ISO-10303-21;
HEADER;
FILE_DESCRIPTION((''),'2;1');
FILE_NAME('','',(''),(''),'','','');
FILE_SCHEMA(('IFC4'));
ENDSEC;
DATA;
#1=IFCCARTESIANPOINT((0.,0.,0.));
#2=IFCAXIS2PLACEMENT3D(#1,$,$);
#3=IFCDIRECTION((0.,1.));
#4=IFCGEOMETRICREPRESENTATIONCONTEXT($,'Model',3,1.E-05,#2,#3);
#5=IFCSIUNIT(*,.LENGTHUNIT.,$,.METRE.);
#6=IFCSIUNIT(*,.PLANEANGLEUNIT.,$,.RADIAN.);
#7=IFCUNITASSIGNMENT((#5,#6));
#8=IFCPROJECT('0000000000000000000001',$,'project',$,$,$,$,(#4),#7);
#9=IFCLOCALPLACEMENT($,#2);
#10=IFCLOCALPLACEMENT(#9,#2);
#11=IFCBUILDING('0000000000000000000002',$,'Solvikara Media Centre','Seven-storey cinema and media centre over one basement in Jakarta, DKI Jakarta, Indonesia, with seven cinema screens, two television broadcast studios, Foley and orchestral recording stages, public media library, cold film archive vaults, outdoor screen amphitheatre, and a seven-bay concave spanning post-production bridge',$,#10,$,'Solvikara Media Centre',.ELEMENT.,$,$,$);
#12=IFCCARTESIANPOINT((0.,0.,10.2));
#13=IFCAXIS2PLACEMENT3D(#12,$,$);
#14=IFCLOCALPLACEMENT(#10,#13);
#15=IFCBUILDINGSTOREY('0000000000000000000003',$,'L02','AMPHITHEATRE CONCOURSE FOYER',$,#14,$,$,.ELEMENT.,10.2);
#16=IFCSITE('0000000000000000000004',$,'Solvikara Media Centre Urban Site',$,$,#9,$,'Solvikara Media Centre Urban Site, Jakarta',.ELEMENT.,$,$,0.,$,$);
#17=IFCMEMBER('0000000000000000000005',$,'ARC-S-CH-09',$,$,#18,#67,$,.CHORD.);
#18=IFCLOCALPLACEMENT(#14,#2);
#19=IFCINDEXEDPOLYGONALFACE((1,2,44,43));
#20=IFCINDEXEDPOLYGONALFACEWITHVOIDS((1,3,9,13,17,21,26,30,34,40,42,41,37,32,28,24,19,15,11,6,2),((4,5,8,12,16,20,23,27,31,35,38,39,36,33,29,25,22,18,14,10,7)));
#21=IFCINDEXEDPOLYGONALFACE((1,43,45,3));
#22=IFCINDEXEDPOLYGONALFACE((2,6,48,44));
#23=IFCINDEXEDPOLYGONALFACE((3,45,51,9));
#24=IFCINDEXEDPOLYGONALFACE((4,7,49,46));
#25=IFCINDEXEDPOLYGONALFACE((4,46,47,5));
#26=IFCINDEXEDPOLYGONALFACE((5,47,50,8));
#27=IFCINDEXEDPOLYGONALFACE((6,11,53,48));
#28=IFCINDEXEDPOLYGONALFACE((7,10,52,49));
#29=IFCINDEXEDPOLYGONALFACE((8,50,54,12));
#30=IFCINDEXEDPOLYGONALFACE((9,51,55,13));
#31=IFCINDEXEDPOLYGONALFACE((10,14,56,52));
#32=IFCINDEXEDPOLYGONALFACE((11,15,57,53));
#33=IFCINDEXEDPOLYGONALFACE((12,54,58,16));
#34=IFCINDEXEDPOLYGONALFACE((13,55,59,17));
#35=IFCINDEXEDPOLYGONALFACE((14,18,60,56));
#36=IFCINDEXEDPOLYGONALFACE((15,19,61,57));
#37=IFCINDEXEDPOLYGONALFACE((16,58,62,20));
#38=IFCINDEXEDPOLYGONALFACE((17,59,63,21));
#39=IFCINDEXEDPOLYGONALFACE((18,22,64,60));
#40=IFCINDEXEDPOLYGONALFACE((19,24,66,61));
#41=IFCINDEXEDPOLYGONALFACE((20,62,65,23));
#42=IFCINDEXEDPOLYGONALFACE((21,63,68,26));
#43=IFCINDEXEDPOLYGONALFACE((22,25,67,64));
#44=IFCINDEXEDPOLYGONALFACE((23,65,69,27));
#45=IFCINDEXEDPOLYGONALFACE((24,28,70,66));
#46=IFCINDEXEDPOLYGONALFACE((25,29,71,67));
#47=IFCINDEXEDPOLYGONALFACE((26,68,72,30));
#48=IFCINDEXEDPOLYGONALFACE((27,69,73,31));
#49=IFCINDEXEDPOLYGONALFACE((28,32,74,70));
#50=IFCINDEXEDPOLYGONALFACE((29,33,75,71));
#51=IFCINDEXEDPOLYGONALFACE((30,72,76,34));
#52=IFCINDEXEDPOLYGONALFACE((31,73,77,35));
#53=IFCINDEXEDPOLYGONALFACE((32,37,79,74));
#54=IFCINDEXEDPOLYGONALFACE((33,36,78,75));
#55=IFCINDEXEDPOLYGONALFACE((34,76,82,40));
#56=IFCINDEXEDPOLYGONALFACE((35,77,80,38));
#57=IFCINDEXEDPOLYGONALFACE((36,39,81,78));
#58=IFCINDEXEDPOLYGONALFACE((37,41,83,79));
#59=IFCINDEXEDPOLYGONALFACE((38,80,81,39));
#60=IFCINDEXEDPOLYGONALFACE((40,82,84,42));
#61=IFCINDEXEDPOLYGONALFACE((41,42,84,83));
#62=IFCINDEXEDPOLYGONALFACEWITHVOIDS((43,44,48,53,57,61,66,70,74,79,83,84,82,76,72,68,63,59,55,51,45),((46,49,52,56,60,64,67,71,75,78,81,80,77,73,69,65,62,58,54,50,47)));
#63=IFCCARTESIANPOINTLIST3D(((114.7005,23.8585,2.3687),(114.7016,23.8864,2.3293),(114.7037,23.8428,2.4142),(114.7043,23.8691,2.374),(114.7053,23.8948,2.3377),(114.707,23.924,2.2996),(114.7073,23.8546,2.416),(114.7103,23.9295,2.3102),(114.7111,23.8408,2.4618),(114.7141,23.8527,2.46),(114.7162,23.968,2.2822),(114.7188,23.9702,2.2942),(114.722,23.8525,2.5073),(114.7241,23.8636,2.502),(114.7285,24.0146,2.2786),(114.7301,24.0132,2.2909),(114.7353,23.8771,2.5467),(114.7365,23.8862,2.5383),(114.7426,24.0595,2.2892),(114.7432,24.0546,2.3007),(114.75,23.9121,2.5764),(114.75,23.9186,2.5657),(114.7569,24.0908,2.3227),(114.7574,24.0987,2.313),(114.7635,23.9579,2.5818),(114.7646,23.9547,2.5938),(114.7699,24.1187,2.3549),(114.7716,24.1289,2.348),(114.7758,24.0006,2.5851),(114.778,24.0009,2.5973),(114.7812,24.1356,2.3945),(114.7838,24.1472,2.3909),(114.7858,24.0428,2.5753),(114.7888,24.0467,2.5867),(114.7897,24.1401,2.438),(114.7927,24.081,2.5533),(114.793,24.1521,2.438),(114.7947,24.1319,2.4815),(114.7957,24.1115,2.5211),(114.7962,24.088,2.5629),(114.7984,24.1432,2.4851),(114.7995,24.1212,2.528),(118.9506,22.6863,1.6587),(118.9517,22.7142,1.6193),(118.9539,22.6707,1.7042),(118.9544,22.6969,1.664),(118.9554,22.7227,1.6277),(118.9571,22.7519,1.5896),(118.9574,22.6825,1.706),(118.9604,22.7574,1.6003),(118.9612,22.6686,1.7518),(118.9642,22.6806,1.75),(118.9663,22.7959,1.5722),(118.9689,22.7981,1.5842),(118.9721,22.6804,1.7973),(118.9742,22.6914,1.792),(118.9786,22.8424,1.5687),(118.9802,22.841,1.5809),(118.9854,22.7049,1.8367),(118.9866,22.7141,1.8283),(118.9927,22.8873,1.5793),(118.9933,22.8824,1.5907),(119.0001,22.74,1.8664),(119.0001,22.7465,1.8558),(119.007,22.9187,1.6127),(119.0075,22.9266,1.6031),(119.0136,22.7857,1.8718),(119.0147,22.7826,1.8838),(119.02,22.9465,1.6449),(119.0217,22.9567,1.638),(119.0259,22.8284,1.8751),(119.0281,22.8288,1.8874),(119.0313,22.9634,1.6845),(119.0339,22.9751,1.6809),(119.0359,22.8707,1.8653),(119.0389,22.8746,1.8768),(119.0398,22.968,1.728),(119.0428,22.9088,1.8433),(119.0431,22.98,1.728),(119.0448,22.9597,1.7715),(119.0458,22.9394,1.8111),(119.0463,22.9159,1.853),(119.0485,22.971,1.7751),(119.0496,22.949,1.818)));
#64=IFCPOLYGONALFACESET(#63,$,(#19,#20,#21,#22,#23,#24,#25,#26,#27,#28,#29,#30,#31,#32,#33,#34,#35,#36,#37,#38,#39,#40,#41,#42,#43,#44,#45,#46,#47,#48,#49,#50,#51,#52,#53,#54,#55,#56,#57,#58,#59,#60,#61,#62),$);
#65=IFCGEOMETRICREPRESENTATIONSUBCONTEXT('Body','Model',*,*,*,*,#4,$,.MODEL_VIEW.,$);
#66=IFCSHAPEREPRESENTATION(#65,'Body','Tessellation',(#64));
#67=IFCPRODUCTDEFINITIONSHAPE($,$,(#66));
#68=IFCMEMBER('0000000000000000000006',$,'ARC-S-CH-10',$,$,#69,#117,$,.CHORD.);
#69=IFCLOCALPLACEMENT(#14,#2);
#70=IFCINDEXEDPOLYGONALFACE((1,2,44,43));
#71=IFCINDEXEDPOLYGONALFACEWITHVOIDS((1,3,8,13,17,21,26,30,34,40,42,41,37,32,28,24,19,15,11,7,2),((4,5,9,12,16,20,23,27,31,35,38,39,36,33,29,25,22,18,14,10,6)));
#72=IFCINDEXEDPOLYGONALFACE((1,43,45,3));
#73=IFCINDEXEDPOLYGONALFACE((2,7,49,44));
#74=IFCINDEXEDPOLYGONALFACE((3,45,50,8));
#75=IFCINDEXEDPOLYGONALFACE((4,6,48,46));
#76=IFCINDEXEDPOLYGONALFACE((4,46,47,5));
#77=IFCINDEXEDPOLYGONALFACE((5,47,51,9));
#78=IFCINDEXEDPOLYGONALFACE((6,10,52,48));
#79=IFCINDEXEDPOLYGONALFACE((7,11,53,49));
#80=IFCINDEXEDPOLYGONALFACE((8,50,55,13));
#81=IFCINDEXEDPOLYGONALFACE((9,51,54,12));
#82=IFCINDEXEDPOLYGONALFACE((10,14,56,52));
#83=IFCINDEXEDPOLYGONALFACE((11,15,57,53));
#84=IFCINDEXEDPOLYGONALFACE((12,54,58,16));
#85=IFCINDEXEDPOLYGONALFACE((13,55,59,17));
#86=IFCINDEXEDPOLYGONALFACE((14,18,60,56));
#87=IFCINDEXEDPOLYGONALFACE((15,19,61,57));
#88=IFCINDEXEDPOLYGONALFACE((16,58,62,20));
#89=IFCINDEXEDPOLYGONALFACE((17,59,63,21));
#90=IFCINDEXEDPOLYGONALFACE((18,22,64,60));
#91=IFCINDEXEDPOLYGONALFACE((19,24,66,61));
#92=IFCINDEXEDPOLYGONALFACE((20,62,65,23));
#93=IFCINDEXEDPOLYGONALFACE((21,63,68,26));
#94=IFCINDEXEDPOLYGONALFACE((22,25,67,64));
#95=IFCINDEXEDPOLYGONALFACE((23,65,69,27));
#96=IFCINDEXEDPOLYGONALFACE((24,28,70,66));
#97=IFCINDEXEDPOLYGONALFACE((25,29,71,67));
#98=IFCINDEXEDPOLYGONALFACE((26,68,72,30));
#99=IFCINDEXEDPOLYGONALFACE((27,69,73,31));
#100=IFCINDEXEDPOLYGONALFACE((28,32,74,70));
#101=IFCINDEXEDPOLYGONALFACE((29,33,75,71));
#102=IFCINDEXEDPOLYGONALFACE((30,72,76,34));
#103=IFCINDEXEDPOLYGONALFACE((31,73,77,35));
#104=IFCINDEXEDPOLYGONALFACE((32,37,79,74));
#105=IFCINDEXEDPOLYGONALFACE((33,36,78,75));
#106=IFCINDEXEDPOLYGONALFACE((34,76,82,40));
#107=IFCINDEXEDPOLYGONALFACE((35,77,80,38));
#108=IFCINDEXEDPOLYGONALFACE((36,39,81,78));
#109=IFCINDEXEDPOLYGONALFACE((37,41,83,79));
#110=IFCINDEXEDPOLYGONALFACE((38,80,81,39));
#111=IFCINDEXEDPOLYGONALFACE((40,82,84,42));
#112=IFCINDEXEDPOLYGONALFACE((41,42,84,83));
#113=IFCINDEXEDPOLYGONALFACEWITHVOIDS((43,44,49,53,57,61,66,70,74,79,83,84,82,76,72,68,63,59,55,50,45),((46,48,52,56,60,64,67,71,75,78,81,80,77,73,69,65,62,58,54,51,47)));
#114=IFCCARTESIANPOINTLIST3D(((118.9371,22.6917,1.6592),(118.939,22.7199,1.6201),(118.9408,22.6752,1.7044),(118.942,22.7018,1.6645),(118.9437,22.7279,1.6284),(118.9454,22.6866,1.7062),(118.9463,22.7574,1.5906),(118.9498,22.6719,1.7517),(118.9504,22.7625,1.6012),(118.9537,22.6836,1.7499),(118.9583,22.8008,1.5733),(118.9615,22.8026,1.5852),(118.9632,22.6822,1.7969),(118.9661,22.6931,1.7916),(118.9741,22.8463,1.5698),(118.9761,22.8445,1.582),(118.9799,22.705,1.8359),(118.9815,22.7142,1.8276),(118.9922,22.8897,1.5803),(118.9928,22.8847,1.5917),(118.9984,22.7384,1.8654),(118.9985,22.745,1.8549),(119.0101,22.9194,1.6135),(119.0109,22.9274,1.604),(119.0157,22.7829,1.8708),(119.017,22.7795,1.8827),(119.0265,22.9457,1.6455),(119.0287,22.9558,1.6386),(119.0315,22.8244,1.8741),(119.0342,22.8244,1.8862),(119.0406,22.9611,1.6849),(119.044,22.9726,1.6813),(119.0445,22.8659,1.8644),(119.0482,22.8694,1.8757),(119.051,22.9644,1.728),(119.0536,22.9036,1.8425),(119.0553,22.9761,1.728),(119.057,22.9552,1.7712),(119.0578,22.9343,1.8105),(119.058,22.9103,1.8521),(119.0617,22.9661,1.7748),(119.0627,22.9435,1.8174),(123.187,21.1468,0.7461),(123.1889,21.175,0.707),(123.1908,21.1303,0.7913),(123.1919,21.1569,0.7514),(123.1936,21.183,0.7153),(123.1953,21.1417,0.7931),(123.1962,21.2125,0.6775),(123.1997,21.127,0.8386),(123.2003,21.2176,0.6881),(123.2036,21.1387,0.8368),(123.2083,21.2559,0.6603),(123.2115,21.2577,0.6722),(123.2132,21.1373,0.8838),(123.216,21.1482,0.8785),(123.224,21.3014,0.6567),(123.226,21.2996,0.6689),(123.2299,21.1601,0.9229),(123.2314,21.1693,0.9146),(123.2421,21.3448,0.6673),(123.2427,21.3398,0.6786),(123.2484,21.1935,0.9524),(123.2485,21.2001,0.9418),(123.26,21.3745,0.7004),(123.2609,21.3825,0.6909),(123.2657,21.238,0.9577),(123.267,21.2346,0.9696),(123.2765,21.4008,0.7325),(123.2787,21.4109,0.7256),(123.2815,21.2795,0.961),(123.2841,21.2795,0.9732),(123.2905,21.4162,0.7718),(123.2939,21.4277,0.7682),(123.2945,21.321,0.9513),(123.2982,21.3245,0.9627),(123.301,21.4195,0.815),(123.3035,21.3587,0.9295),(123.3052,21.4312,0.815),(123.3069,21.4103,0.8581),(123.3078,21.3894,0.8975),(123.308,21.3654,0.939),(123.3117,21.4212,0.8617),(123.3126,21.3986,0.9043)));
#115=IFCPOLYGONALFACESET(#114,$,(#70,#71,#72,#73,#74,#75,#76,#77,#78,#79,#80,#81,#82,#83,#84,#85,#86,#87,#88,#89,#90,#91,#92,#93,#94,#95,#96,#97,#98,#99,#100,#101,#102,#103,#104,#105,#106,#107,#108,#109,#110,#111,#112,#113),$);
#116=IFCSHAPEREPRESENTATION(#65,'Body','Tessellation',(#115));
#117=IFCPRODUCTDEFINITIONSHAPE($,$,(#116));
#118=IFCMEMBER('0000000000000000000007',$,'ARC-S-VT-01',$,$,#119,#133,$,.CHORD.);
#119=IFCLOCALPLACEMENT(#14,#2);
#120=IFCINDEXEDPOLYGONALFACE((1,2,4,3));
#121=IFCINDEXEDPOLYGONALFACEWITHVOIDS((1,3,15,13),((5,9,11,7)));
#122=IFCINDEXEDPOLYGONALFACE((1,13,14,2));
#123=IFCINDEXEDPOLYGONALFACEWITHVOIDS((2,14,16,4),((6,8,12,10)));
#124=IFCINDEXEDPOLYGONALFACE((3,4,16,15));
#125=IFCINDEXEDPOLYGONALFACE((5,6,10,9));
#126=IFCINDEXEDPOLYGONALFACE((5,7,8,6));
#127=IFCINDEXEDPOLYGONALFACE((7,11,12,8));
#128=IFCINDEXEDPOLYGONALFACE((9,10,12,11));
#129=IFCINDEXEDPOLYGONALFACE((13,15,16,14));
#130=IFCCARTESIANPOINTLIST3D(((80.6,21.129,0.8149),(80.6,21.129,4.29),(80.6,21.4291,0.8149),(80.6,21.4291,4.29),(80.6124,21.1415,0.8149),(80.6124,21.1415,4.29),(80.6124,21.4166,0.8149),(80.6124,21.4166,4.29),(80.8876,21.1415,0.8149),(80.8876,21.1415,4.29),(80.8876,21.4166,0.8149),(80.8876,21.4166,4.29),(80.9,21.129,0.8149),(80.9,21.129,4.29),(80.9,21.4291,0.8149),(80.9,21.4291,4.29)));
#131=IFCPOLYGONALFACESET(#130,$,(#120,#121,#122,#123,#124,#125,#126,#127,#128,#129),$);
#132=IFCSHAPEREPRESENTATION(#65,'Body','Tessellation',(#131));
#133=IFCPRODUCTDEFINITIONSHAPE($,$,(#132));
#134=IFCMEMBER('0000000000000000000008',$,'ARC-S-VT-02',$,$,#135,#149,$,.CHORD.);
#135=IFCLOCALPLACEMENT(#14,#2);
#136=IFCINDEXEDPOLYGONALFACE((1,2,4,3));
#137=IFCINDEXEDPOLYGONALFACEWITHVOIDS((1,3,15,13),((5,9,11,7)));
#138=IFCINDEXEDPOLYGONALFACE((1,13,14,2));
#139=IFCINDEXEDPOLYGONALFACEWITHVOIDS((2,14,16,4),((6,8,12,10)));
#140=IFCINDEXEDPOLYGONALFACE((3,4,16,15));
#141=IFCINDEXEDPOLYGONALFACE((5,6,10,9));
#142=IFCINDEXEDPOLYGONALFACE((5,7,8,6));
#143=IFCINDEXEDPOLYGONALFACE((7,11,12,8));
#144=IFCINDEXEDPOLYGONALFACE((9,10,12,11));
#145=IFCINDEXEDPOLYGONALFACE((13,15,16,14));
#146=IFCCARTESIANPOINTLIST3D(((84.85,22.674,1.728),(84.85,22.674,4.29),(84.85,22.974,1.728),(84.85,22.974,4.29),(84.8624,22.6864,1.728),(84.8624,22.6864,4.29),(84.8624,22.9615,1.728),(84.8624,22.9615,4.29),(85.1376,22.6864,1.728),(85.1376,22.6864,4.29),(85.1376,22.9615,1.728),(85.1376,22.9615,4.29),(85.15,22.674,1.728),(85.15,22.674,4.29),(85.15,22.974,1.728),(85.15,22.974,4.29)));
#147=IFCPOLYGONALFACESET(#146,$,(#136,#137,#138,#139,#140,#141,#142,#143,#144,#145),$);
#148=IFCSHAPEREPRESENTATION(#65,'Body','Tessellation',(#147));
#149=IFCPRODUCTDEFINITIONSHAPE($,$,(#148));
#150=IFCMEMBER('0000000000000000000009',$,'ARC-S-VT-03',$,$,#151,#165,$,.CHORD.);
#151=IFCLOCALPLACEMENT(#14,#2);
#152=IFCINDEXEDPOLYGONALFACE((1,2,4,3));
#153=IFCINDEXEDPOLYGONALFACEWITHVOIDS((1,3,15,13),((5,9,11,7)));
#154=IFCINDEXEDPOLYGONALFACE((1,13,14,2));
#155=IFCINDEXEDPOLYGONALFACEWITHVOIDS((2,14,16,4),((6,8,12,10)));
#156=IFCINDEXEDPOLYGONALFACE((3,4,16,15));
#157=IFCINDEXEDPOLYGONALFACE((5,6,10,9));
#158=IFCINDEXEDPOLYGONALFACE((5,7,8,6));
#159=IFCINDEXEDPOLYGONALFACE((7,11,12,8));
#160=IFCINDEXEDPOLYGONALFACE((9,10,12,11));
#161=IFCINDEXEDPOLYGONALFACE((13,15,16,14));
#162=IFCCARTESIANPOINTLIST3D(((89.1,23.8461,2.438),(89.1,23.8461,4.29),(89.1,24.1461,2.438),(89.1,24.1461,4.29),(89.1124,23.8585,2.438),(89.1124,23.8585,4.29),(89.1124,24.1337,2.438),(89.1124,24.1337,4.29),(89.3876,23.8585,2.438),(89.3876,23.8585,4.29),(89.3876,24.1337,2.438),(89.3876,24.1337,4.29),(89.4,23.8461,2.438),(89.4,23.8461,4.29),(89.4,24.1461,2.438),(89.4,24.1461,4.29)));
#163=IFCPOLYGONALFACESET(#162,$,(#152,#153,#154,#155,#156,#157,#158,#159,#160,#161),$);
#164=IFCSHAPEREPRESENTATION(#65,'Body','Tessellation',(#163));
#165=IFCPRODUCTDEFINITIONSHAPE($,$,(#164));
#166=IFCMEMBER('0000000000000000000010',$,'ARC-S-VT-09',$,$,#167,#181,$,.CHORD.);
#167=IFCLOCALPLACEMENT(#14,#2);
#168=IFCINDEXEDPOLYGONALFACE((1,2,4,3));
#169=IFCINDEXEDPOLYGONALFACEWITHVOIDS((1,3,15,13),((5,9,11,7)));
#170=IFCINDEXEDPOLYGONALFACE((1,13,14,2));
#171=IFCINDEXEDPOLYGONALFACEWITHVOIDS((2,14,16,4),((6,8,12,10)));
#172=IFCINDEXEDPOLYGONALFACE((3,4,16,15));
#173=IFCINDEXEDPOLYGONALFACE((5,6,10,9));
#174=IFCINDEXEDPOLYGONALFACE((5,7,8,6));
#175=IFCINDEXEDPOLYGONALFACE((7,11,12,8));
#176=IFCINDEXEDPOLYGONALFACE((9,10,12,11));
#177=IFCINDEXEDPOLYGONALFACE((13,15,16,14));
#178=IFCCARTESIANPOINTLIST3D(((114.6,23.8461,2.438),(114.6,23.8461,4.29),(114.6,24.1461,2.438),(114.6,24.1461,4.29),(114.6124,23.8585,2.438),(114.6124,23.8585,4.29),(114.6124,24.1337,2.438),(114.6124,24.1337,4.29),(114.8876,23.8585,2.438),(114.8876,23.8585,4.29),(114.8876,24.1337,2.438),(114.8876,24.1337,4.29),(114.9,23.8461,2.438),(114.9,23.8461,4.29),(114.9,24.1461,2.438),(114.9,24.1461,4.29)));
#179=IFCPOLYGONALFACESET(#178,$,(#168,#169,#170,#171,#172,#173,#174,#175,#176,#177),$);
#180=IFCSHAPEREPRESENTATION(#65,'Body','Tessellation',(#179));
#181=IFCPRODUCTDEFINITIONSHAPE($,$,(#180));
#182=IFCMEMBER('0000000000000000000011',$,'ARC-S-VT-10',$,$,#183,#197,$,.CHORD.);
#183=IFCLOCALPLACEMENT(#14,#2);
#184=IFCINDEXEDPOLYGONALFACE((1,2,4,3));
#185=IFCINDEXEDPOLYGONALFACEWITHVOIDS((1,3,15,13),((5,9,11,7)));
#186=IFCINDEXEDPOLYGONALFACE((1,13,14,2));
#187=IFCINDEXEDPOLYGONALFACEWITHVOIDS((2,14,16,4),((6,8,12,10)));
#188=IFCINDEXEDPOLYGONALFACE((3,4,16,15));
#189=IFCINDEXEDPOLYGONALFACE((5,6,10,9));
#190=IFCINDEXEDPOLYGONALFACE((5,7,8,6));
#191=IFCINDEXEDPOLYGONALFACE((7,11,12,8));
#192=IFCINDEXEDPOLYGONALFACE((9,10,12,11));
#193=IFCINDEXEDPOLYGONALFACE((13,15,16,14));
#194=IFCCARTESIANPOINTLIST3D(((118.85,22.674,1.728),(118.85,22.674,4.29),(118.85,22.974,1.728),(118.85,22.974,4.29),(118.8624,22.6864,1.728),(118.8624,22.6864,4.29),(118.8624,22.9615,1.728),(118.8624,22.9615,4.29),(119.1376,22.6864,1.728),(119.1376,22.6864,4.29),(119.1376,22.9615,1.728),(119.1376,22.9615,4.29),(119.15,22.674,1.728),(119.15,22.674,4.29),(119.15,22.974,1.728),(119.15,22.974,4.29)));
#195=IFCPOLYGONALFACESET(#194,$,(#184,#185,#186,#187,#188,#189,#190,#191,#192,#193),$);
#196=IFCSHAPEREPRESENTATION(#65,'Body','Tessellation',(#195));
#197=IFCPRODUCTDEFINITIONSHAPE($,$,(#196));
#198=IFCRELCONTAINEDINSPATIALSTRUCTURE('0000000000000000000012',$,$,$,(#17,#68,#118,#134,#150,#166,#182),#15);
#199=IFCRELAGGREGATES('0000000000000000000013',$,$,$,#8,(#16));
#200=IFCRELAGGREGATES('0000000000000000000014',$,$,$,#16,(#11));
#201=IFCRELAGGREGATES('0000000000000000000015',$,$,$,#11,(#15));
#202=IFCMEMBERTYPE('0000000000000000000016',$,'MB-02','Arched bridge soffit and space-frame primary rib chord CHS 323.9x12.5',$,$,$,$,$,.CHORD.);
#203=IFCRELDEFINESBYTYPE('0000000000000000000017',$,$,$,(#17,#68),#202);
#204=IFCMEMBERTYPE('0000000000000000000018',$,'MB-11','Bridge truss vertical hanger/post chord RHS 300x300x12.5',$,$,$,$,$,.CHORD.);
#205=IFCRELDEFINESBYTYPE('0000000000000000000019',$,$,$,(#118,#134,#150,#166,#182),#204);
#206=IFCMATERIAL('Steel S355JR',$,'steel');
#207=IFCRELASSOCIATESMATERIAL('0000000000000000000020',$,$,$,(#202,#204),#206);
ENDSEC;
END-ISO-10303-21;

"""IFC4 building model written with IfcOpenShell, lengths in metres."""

from ifc_helpers import new_model, si_unit, direction, frame, origin, origin_2d, place, context, subcontext, project, spatial, hollow_rectangle, hollow_circle, extrude, material, material_profile, profile_set, type_object, element, save


model = new_model("IFC4")

# Units and contexts
model_context = context("Model", 3, precision=1e-05, world=origin(), true_north=direction((0.0, 1.0)))
body_context = subcontext(model_context, "Body", "Model", "MODEL_VIEW")
ifc_project = project(units=[si_unit("LENGTHUNIT", "METRE"), si_unit("PLANEANGLEUNIT", "RADIAN")], contexts=[model_context])

# Site, building, storey
site_placement = place(None, origin())
site = spatial("IfcSite", under=ifc_project, at=site_placement, Name="Solvikara Media Centre Urban Site", LongName="Solvikara Media Centre Urban Site, Jakarta", CompositionType="ELEMENT", RefElevation=0.0)
building_placement = place(site_placement, origin())
building = spatial("IfcBuilding", under=site, at=building_placement, Name="Solvikara Media Centre", Description="Seven-storey cinema and media centre over one basement in Jakarta, DKI Jakarta, Indonesia, with seven cinema screens, two television broadcast studios, Foley and orchestral recording stages, public media library, cold film archive vaults, outdoor screen amphitheatre, and a seven-bay concave spanning post-production bridge", LongName="Solvikara Media Centre", CompositionType="ELEMENT")
storey_placement = place(building_placement, frame((0.0, 0.0, 10.2)))
storey = spatial("IfcBuildingStorey", under=building, at=storey_placement, Name="L02", Description="AMPHITHEATRE CONCOURSE FOYER", CompositionType="ELEMENT", Elevation=10.2)

# Members
ifc_material_1 = material(Name="Steel S355JR", Category="steel")
ifc_material_profile_1 = material_profile(ifc_material_1, hollow_circle(Radius=0.1619, WallThickness=0.0125, at=origin_2d()), Name="CHS 323.9x12.5")
ifc_profile_set_1 = profile_set([ifc_material_profile_1], Name="Steel S355JR")
member_type_1 = type_object("IfcMemberType", Name="MB-02", Description="Arched bridge soffit and space-frame primary rib chord CHS 323.9x12.5", PredefinedType="CHORD", material=ifc_profile_set_1)
member_1_placement = place(storey_placement, frame((114.75, 23.9961, 2.438), z_axis=(0.951748, -0.262485, -0.158989), x_axis=(0.265867, 0.96401, 0.0)))
element("IfcMember", 1, at=member_1_placement, inside=storey, type_object=member_type_1, Name="ARC-S-CH-09", PredefinedType="CHORD", context=body_context, shape_type="SweptSolid", body=[
    extrude(hollow_circle(Radius=0.1619, WallThickness=0.0125, at=origin_2d()), origin(), (0.0, 0.0, 1.0), 4.4656),
])
member_2_placement = place(storey_placement, frame((119.0, 22.824, 1.728), z_axis=(0.921239, -0.334881, -0.197922), x_axis=(0.341639, 0.939831, 0.0)))
element("IfcMember", 2, at=member_2_placement, inside=storey, type_object=member_type_1, Name="ARC-S-CH-10", PredefinedType="CHORD", context=body_context, shape_type="SweptSolid", body=[
    extrude(hollow_circle(Radius=0.1619, WallThickness=0.0125, at=origin_2d()), origin(), (0.0, 0.0, 1.0), 4.6133),
])
ifc_material_profile_2 = material_profile(ifc_material_1, hollow_rectangle(XDim=0.3, YDim=0.3, WallThickness=0.0125, at=origin_2d()), Name="RHS 300x300x12.5")
ifc_profile_set_2 = profile_set([ifc_material_profile_2], Name="Steel S355JR")
member_type_2 = type_object("IfcMemberType", Name="MB-11", Description="Bridge truss vertical hanger/post chord RHS 300x300x12.5", PredefinedType="CHORD", material=ifc_profile_set_2)
member_3_placement = place(storey_placement, frame((80.75, 21.2791, 0.8149), z_axis=(0.0, 0.0, 1.0), x_axis=(1.0, 0.0, 0.0)))
element("IfcMember", 3, at=member_3_placement, inside=storey, type_object=member_type_2, Name="ARC-S-VT-01", PredefinedType="CHORD", context=body_context, shape_type="SweptSolid", body=[
    extrude(hollow_rectangle(XDim=0.3, YDim=0.3, WallThickness=0.0125, at=origin_2d()), origin(), (0.0, 0.0, 1.0), 3.4751),
])
member_4_placement = place(storey_placement, frame((85.0, 22.824, 1.728), z_axis=(0.0, 0.0, 1.0), x_axis=(1.0, 0.0, 0.0)))
element("IfcMember", 4, at=member_4_placement, inside=storey, type_object=member_type_2, Name="ARC-S-VT-02", PredefinedType="CHORD", context=body_context, shape_type="SweptSolid", body=[
    extrude(hollow_rectangle(XDim=0.3, YDim=0.3, WallThickness=0.0125, at=origin_2d()), origin(), (0.0, 0.0, 1.0), 2.562),
])
for number, where, z_axis, x_axis, name in (
    (5, (89.25, 23.9961, 2.438), (0.0, 0.0, 1.0), (1.0, 0.0, 0.0), "ARC-S-VT-03"),
    (6, (114.75, 23.9961, 2.438), (0.0, 0.0, 1.0), (1.0, 0.0, 0.0), "ARC-S-VT-09"),
):
    element("IfcMember", number, at=place(storey_placement, frame(where, z_axis=z_axis, x_axis=x_axis)), inside=storey, type_object=member_type_2, Name=name, PredefinedType="CHORD", context=body_context, shape_type="SweptSolid", body=[
        extrude(hollow_rectangle(XDim=0.3, YDim=0.3, WallThickness=0.0125, at=origin_2d()), origin(), (0.0, 0.0, 1.0), 1.8521),
    ])
member_5_placement = place(storey_placement, frame((119.0, 22.824, 1.728), z_axis=(0.0, 0.0, 1.0), x_axis=(1.0, 0.0, 0.0)))
element("IfcMember", 7, at=member_5_placement, inside=storey, type_object=member_type_2, Name="ARC-S-VT-10", PredefinedType="CHORD", context=body_context, shape_type="SweptSolid", body=[
    extrude(hollow_rectangle(XDim=0.3, YDim=0.3, WallThickness=0.0125, at=origin_2d()), origin(), (0.0, 0.0, 1.0), 2.562),
])

save(model, "model.ifc")
